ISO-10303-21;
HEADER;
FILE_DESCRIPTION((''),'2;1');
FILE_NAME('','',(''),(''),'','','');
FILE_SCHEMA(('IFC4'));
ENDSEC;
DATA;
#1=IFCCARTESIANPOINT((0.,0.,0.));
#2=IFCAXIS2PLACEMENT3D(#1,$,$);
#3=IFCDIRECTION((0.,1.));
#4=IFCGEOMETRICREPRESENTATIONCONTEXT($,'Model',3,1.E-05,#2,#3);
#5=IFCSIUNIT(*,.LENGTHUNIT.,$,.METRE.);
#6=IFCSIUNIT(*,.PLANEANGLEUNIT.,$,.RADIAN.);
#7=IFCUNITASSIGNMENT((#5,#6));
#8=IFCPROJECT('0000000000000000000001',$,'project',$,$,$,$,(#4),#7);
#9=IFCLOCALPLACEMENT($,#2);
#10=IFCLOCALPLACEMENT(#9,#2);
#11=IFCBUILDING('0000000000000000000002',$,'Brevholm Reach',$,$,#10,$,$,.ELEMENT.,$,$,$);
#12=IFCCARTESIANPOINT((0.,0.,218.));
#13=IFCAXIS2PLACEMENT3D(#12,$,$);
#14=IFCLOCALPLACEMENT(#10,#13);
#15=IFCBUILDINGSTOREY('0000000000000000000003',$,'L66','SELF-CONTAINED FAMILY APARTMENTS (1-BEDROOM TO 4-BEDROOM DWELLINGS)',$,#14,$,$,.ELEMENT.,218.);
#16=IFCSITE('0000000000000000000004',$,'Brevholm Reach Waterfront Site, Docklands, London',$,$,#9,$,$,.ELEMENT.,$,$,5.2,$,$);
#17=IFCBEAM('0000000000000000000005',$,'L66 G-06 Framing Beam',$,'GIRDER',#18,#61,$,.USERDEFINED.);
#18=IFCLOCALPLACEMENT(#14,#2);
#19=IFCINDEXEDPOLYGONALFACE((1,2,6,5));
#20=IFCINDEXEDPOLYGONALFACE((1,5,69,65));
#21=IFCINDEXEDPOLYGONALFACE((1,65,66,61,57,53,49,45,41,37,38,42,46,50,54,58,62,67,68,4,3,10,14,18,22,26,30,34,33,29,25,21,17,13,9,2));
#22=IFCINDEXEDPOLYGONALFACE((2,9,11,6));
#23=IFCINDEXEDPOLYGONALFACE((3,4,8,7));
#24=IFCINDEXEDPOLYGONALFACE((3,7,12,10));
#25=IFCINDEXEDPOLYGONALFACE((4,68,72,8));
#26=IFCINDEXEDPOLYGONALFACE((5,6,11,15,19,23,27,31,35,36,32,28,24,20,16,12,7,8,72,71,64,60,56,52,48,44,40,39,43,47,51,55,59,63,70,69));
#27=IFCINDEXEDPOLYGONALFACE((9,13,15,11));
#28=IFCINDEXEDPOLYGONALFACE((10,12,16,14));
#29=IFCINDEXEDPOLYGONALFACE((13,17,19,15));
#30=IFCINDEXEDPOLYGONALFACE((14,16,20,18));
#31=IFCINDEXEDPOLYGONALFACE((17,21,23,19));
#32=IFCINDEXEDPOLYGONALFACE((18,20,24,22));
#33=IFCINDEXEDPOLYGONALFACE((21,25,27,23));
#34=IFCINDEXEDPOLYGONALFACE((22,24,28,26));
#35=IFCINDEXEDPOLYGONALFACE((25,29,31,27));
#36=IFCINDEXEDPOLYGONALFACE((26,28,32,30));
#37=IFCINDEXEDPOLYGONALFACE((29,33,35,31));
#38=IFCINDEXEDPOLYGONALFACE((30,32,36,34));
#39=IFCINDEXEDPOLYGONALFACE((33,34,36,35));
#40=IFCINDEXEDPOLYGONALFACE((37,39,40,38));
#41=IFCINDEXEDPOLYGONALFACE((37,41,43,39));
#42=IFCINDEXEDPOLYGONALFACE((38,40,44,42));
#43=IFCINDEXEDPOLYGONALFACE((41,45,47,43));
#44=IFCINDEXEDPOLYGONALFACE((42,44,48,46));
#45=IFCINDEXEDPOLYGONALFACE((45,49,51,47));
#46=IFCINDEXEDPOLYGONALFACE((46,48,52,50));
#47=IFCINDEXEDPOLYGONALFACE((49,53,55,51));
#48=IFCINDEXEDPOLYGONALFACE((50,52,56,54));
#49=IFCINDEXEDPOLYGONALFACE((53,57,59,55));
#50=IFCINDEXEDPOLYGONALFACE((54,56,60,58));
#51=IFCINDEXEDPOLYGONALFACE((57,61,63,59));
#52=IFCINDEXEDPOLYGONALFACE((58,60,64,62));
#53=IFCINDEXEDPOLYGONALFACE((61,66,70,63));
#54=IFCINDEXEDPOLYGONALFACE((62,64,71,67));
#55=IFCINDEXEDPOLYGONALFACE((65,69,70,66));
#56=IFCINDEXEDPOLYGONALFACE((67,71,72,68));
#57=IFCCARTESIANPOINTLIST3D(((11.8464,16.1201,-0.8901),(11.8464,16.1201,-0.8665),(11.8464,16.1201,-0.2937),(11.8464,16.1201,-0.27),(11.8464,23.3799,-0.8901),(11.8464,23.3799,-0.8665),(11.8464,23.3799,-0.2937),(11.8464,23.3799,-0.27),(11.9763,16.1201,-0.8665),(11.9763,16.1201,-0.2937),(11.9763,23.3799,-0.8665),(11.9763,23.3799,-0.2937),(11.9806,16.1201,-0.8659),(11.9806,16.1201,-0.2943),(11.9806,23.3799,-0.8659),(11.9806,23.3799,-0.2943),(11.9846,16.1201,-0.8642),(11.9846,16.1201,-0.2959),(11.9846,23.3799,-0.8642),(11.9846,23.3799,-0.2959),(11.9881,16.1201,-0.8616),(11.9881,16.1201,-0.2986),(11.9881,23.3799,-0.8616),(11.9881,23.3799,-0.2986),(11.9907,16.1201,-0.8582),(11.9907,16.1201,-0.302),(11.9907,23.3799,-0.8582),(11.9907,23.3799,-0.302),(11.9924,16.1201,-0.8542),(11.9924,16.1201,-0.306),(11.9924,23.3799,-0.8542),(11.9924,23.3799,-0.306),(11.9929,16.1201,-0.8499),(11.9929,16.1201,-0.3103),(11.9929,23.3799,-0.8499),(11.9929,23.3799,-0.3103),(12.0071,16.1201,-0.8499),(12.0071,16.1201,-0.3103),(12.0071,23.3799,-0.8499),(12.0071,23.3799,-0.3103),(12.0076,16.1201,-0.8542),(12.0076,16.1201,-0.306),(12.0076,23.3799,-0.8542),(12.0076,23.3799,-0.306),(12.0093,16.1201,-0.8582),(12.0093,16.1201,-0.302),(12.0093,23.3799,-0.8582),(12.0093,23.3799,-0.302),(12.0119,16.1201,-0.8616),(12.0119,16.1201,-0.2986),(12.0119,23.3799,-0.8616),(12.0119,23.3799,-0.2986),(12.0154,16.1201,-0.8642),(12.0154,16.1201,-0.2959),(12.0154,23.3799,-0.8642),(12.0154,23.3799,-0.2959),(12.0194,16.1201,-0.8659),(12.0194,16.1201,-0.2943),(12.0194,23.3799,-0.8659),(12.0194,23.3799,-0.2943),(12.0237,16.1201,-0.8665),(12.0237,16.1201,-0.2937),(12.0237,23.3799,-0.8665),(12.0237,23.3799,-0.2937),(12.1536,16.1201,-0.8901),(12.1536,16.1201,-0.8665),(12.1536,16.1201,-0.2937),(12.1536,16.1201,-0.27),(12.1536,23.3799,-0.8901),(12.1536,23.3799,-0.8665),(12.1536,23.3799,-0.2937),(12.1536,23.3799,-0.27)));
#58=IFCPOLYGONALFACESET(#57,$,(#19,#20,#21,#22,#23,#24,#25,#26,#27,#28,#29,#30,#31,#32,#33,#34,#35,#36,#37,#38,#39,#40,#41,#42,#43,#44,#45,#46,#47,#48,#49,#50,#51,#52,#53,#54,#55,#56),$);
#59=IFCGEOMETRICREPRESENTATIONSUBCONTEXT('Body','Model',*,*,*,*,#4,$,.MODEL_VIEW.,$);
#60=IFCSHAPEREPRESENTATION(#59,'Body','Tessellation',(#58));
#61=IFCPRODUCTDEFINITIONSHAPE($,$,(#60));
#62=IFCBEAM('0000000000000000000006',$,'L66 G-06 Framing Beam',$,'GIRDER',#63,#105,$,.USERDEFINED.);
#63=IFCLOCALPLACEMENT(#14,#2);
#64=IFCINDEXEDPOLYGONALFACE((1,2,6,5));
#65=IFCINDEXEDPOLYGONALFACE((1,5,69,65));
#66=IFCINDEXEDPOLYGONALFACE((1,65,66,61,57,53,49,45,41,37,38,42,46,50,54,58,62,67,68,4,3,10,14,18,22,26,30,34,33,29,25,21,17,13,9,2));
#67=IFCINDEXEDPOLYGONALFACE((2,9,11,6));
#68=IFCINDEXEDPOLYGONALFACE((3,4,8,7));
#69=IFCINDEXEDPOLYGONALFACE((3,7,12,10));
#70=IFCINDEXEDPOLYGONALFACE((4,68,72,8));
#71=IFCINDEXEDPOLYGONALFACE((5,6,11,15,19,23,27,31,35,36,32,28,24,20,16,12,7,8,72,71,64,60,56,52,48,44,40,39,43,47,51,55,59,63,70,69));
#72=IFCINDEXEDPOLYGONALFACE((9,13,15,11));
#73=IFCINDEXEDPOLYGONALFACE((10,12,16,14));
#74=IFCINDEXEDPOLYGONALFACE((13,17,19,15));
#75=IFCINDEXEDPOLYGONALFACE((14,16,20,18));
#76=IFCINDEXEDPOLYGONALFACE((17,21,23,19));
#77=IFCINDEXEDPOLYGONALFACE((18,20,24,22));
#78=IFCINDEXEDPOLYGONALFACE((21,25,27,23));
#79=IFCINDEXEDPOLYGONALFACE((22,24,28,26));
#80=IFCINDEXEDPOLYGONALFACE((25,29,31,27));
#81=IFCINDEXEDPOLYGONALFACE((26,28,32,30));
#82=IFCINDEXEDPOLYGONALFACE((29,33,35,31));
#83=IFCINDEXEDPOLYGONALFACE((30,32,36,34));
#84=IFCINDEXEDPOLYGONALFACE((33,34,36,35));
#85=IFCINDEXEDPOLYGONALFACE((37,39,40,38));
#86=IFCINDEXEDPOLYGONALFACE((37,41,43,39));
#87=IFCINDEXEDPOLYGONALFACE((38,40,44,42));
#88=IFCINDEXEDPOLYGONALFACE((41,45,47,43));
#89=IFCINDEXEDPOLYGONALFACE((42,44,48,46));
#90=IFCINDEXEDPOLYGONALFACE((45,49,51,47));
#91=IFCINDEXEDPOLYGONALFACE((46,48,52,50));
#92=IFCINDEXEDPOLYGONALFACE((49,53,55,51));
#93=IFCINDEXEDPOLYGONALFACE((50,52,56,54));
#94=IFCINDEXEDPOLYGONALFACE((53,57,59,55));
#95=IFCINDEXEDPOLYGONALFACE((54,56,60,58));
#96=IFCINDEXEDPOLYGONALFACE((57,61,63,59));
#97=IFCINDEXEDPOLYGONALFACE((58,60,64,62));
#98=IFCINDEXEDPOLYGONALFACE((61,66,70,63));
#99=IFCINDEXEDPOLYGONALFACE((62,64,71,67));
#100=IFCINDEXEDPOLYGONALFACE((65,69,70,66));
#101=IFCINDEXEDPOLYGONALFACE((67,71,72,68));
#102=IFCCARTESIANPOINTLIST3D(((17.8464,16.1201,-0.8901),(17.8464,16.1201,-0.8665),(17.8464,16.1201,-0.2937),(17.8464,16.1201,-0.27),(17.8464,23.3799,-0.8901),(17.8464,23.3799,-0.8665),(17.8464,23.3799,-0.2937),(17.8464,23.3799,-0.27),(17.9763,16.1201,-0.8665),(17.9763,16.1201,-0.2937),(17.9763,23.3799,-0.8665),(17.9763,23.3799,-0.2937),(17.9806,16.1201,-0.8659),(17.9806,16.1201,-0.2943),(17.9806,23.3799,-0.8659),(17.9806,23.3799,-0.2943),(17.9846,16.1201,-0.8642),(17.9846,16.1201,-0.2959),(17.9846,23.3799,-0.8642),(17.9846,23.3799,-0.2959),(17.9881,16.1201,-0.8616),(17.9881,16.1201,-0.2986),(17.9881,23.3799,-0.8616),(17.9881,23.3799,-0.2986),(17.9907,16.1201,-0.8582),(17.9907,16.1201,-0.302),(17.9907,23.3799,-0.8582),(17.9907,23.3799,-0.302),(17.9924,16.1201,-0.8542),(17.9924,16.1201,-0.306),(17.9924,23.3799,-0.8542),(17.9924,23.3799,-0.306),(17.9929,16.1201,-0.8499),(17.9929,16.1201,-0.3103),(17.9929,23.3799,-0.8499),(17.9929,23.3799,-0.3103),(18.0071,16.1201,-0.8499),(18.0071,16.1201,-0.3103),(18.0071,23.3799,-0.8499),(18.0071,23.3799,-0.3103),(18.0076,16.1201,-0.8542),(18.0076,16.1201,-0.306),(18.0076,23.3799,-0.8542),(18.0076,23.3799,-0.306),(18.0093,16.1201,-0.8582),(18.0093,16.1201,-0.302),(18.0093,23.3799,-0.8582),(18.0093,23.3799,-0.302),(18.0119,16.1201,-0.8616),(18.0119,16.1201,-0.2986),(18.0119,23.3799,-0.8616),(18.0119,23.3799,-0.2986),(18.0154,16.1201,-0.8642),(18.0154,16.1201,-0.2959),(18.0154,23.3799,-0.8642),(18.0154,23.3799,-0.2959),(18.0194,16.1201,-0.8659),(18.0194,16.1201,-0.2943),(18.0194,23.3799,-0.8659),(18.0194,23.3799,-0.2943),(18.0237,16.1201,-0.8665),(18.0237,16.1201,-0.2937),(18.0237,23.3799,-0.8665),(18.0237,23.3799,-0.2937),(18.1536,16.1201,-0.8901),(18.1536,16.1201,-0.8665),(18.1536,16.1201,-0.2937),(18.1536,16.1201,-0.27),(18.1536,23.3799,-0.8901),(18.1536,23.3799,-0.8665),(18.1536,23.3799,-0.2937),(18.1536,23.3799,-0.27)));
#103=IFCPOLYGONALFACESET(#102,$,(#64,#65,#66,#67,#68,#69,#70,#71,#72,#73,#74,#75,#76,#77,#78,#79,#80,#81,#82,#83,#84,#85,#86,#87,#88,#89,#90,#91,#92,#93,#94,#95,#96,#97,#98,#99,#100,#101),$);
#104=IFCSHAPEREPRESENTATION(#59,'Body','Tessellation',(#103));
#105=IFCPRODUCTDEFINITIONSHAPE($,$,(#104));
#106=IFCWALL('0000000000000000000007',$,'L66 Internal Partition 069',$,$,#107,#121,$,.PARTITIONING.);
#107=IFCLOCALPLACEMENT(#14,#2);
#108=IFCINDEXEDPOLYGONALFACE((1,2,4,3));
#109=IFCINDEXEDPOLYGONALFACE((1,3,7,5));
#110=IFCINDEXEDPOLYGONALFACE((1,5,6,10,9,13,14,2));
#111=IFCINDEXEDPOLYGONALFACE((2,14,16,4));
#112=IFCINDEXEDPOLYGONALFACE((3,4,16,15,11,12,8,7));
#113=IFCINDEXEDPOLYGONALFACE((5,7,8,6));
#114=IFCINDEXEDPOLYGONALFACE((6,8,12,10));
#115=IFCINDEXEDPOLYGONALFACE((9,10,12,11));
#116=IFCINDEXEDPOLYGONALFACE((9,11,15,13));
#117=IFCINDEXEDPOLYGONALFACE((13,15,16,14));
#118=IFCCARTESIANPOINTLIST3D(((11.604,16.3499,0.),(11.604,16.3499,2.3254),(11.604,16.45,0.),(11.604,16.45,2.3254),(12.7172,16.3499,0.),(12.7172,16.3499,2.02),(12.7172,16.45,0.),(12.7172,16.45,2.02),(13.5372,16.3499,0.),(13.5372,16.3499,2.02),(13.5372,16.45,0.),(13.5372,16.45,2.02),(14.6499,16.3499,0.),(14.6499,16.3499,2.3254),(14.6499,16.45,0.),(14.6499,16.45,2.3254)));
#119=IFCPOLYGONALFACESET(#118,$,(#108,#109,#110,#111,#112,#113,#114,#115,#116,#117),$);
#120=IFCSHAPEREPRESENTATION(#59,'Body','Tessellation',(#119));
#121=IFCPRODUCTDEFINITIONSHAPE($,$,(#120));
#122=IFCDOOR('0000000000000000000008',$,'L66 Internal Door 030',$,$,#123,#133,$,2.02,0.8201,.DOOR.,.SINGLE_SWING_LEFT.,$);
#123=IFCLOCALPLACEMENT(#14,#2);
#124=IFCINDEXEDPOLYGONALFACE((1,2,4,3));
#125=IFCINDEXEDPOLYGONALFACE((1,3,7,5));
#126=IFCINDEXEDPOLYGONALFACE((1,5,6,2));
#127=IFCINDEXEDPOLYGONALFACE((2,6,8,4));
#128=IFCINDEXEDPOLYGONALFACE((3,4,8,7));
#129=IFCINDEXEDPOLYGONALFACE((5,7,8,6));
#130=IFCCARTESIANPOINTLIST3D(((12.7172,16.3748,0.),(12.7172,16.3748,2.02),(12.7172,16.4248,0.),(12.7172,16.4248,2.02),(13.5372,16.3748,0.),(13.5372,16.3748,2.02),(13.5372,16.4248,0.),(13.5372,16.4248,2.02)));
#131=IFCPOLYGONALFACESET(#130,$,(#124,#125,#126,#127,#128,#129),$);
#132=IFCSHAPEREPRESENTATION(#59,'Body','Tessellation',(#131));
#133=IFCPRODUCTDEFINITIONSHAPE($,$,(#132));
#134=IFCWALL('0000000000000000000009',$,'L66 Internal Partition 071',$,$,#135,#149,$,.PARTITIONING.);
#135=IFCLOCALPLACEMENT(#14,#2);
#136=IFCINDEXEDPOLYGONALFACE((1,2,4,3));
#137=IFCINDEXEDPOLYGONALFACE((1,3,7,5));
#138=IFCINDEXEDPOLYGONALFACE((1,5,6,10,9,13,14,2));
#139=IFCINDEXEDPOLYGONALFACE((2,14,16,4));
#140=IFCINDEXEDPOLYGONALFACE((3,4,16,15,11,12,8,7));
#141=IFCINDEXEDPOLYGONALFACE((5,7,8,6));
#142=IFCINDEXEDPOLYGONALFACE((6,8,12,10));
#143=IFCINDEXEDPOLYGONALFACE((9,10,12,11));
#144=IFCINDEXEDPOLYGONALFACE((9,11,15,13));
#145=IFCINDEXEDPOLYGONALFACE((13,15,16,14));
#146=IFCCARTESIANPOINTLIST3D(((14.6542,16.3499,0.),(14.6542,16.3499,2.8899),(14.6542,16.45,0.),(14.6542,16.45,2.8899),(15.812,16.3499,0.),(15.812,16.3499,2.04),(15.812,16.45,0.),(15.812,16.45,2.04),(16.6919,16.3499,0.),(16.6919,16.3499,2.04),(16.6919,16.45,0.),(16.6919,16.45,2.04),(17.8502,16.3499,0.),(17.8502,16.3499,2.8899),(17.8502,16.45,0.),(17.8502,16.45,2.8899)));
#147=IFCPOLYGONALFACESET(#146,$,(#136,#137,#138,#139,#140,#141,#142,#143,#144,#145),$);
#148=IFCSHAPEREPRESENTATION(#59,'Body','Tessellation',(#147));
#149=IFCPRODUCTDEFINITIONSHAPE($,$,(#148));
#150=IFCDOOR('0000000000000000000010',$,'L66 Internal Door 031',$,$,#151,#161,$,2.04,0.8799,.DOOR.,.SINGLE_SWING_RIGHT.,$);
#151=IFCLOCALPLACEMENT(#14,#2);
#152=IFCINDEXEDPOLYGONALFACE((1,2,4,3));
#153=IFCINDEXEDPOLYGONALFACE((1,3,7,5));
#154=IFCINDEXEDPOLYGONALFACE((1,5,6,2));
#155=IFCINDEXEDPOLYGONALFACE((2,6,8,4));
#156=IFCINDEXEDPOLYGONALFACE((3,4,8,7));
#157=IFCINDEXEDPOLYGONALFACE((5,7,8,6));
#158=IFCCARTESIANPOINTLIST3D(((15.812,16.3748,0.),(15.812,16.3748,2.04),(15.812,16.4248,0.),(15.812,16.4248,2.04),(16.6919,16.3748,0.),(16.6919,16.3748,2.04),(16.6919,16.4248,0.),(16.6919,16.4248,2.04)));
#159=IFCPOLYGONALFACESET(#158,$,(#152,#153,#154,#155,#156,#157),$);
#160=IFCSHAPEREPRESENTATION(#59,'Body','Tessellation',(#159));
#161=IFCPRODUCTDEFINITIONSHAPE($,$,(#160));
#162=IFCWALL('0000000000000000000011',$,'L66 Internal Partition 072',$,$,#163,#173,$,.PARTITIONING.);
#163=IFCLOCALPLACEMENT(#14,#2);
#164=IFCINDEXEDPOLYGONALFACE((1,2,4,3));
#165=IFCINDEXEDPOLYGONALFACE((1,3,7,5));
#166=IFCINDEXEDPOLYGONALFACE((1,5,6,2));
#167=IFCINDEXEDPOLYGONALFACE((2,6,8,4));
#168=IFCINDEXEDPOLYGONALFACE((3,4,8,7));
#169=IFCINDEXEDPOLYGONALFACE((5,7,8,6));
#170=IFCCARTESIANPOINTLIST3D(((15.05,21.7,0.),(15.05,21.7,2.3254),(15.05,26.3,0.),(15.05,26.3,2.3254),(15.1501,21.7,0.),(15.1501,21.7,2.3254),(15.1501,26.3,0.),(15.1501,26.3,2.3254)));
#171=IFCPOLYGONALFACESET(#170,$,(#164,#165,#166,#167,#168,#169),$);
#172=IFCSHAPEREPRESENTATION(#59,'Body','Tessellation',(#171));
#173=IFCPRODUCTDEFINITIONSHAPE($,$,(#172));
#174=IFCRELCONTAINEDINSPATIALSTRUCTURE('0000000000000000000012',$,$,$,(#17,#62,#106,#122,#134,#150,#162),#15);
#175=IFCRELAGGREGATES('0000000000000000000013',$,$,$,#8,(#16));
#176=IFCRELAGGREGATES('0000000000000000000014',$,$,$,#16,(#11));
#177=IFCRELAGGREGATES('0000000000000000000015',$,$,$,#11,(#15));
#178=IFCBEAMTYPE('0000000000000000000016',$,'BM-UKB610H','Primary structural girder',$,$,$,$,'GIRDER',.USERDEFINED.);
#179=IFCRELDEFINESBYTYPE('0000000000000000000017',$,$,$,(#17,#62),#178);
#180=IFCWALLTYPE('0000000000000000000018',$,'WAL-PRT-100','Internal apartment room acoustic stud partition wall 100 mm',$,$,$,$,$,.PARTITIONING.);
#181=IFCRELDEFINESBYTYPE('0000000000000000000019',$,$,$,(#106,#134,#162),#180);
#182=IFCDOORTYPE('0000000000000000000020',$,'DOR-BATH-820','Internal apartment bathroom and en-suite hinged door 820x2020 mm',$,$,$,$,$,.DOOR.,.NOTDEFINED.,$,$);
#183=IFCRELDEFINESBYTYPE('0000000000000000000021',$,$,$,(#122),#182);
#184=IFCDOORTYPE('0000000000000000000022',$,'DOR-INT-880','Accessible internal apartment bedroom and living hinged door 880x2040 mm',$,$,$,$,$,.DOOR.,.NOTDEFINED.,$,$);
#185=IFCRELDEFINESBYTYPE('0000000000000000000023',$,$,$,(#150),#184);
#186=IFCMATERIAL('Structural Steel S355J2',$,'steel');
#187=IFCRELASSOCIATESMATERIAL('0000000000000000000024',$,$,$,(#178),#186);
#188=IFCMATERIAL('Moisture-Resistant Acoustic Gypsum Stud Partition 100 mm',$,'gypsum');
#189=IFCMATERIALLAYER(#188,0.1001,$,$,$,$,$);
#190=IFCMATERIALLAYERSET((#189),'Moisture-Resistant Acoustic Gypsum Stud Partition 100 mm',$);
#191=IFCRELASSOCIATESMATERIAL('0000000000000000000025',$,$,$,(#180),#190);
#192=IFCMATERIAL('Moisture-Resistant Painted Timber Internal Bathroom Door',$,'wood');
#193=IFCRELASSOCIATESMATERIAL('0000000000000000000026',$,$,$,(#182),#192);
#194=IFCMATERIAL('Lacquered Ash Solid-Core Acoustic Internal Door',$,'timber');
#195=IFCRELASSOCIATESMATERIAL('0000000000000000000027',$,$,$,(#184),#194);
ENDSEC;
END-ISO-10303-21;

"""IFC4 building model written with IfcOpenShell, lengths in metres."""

from ifc_helpers import new_model, si_unit, direction, frame, frame_2d, origin, origin_2d, place, context, subcontext, project, spatial, rectangle, i_section, extrude, material, layer, layer_set, material_profile, profile_set, type_object, element, fill, save


model = new_model("IFC4")

# Units and contexts
model_context = context("Model", 3, precision=1e-05, world=origin(), true_north=direction((0.0, 1.0)))
body_context = subcontext(model_context, "Body", "Model", "MODEL_VIEW")
ifc_project = project(units=[si_unit("LENGTHUNIT", "METRE"), si_unit("PLANEANGLEUNIT", "RADIAN")], contexts=[model_context])

# Site, building, storey
site_placement = place(None, origin())
site = spatial("IfcSite", under=ifc_project, at=site_placement, Name="Brevholm Reach Waterfront Site, Docklands, London", CompositionType="ELEMENT", RefElevation=5.2)
building_placement = place(site_placement, origin())
building = spatial("IfcBuilding", under=site, at=building_placement, Name="Brevholm Reach", CompositionType="ELEMENT")
storey_placement = place(building_placement, frame((0.0, 0.0, 218.0)))
storey = spatial("IfcBuildingStorey", under=building, at=storey_placement, Name="L66", Description="SELF-CONTAINED FAMILY APARTMENTS (1-BEDROOM TO 4-BEDROOM DWELLINGS)", CompositionType="ELEMENT", Elevation=218.0)

# Beams
ifc_material_1 = material(Name="Structural Steel S355J2", Category="steel")
ifc_material_profile_1 = material_profile(ifc_material_1, i_section(OverallWidth=0.3071, OverallDepth=0.6201, WebThickness=0.0142, FlangeThickness=0.0237, FilletRadius=0.0166, at=origin_2d()), Name="UKB 610x305x179")
ifc_profile_set_1 = profile_set([ifc_material_profile_1], Name="Structural Steel S355J2")
beam_type_1 = type_object("IfcBeamType", Name="BM-UKB610H", Description="Primary structural girder", ElementType="GIRDER", PredefinedType="USERDEFINED", material=ifc_profile_set_1)
for number, where, z_axis, x_axis, name in (
    (1, (12.0, 16.1201, -0.5801), (0.0, 1.0, 0.0), (-1.0, 0.0, 0.0), "L66 G-06 Framing Beam"),
    (2, (18.0, 16.1201, -0.5801), (0.0, 1.0, 0.0), (-1.0, 0.0, 0.0), "L66 G-06 Framing Beam"),
):
    element("IfcBeam", number, at=place(storey_placement, frame(where, z_axis=z_axis, x_axis=x_axis)), inside=storey, type_object=beam_type_1, Name=name, ObjectType="GIRDER", PredefinedType="USERDEFINED", context=body_context, shape_type="SweptSolid", body=[
        extrude(i_section(OverallWidth=0.3071, OverallDepth=0.6201, WebThickness=0.0142, FlangeThickness=0.0237, FilletRadius=0.0166, at=origin_2d()), origin(), (0.0, 0.0, 1.0), 7.2598),
    ])

# Walls, openings, doors
ifc_material_2 = material(Name="Moisture-Resistant Acoustic Gypsum Stud Partition 100 mm", Category="gypsum")
ifc_layer_1 = layer(ifc_material_2, 0.1001)
ifc_layer_set_1 = layer_set([ifc_layer_1], Name="Moisture-Resistant Acoustic Gypsum Stud Partition 100 mm")
wall_type_1 = type_object("IfcWallType", Name="WAL-PRT-100", Description="Internal apartment room acoustic stud partition wall 100 mm", PredefinedType="PARTITIONING", material=ifc_layer_set_1)
wall_1_placement = place(storey_placement, frame((11.604, 16.3999, 0.0), z_axis=(0.0, 0.0, 1.0), x_axis=(1.0, 0.0, 0.0)))
wall_1 = element("IfcWall", 3, at=wall_1_placement, inside=storey, type_object=wall_type_1, Name="L66 Internal Partition 069", PredefinedType="PARTITIONING", context=body_context, shape_type="SweptSolid", body=[
    extrude(rectangle(XDim=3.0459, YDim=0.1001, at=frame_2d((1.5229, 0.0))), origin(), (0.0, 0.0, 1.0), 2.3254),
])
opening_1_placement = place(wall_1_placement, frame((1.113, 0.0, 0.0)))
opening_1 = element("IfcOpeningElement", 4, at=opening_1_placement, cuts=wall_1, PredefinedType="OPENING", context=body_context, shape_type="SweptSolid", body=[
    extrude(rectangle(XDim=0.8201, YDim=2.02, at=frame_2d((0.4102, 1.01))), frame((0.0, 0.0601, 0.0), z_axis=(0.0, -1.0, 0.0), x_axis=(1.0, 0.0, 0.0)), (0.0, 0.0, 1.0), 0.1201),
])
ifc_material_3 = material(Name="Moisture-Resistant Painted Timber Internal Bathroom Door", Category="wood")
door_type_1 = type_object("IfcDoorType", Name="DOR-BATH-820", Description="Internal apartment bathroom and en-suite hinged door 820x2020 mm", OperationType="NOTDEFINED", PredefinedType="DOOR", material=ifc_material_3)
door_1_placement = place(opening_1_placement, origin())
door_1 = element("IfcDoor", 5, at=door_1_placement, inside=storey, type_object=door_type_1, Name="L66 Internal Door 030", OperationType="SINGLE_SWING_LEFT", OverallHeight=2.02, OverallWidth=0.8201, PredefinedType="DOOR", context=body_context, shape_type="SweptSolid", body=[
    extrude(rectangle(XDim=0.8201, YDim=2.02, at=frame_2d((0.4102, 1.01))), frame((0.0, 0.0249, 0.0), z_axis=(0.0, -1.0, 0.0), x_axis=(1.0, 0.0, 0.0)), (0.0, 0.0, 1.0), 0.05),
])
fill(opening_1, door_1)
wall_2_placement = place(storey_placement, frame((14.6541, 16.3999, 0.0), z_axis=(0.0, 0.0, 1.0), x_axis=(1.0, 0.0, 0.0)))
wall_2 = element("IfcWall", 6, at=wall_2_placement, inside=storey, type_object=wall_type_1, Name="L66 Internal Partition 071", PredefinedType="PARTITIONING", context=body_context, shape_type="SweptSolid", body=[
    extrude(rectangle(XDim=3.196, YDim=0.1001, at=frame_2d((1.5981, 0.0))), origin(), (0.0, 0.0, 1.0), 2.8899),
])
opening_2_placement = place(wall_2_placement, frame((1.158, 0.0, 0.0)))
opening_2 = element("IfcOpeningElement", 7, at=opening_2_placement, cuts=wall_2, PredefinedType="OPENING", context=body_context, shape_type="SweptSolid", body=[
    extrude(rectangle(XDim=0.8799, YDim=2.04, at=frame_2d((0.4399, 1.02))), frame((0.0, 0.0601, 0.0), z_axis=(0.0, -1.0, 0.0), x_axis=(1.0, 0.0, 0.0)), (0.0, 0.0, 1.0), 0.1201),
])
ifc_material_4 = material(Name="Lacquered Ash Solid-Core Acoustic Internal Door", Category="timber")
door_type_2 = type_object("IfcDoorType", Name="DOR-INT-880", Description="Accessible internal apartment bedroom and living hinged door 880x2040 mm", OperationType="NOTDEFINED", PredefinedType="DOOR", material=ifc_material_4)
door_2_placement = place(opening_2_placement, origin())
door_2 = element("IfcDoor", 8, at=door_2_placement, inside=storey, type_object=door_type_2, Name="L66 Internal Door 031", OperationType="SINGLE_SWING_RIGHT", OverallHeight=2.04, OverallWidth=0.8799, PredefinedType="DOOR", context=body_context, shape_type="SweptSolid", body=[
    extrude(rectangle(XDim=0.8799, YDim=2.04, at=frame_2d((0.4399, 1.02))), frame((0.0, 0.0249, 0.0), z_axis=(0.0, -1.0, 0.0), x_axis=(1.0, 0.0, 0.0)), (0.0, 0.0, 1.0), 0.05),
])
fill(opening_2, door_2)

# Wall
wall_3_placement = place(storey_placement, frame((15.1001, 21.7, 0.0), z_axis=(0.0, 0.0, 1.0), x_axis=(0.0, 1.0, 0.0)))
element("IfcWall", 9, at=wall_3_placement, inside=storey, type_object=wall_type_1, Name="L66 Internal Partition 072", PredefinedType="PARTITIONING", context=body_context, shape_type="SweptSolid", body=[
    extrude(rectangle(XDim=4.6001, YDim=0.1001, at=frame_2d((2.3, 0.0))), origin(), (0.0, 0.0, 1.0), 2.3254),
])

save(model, "model.ifc")
